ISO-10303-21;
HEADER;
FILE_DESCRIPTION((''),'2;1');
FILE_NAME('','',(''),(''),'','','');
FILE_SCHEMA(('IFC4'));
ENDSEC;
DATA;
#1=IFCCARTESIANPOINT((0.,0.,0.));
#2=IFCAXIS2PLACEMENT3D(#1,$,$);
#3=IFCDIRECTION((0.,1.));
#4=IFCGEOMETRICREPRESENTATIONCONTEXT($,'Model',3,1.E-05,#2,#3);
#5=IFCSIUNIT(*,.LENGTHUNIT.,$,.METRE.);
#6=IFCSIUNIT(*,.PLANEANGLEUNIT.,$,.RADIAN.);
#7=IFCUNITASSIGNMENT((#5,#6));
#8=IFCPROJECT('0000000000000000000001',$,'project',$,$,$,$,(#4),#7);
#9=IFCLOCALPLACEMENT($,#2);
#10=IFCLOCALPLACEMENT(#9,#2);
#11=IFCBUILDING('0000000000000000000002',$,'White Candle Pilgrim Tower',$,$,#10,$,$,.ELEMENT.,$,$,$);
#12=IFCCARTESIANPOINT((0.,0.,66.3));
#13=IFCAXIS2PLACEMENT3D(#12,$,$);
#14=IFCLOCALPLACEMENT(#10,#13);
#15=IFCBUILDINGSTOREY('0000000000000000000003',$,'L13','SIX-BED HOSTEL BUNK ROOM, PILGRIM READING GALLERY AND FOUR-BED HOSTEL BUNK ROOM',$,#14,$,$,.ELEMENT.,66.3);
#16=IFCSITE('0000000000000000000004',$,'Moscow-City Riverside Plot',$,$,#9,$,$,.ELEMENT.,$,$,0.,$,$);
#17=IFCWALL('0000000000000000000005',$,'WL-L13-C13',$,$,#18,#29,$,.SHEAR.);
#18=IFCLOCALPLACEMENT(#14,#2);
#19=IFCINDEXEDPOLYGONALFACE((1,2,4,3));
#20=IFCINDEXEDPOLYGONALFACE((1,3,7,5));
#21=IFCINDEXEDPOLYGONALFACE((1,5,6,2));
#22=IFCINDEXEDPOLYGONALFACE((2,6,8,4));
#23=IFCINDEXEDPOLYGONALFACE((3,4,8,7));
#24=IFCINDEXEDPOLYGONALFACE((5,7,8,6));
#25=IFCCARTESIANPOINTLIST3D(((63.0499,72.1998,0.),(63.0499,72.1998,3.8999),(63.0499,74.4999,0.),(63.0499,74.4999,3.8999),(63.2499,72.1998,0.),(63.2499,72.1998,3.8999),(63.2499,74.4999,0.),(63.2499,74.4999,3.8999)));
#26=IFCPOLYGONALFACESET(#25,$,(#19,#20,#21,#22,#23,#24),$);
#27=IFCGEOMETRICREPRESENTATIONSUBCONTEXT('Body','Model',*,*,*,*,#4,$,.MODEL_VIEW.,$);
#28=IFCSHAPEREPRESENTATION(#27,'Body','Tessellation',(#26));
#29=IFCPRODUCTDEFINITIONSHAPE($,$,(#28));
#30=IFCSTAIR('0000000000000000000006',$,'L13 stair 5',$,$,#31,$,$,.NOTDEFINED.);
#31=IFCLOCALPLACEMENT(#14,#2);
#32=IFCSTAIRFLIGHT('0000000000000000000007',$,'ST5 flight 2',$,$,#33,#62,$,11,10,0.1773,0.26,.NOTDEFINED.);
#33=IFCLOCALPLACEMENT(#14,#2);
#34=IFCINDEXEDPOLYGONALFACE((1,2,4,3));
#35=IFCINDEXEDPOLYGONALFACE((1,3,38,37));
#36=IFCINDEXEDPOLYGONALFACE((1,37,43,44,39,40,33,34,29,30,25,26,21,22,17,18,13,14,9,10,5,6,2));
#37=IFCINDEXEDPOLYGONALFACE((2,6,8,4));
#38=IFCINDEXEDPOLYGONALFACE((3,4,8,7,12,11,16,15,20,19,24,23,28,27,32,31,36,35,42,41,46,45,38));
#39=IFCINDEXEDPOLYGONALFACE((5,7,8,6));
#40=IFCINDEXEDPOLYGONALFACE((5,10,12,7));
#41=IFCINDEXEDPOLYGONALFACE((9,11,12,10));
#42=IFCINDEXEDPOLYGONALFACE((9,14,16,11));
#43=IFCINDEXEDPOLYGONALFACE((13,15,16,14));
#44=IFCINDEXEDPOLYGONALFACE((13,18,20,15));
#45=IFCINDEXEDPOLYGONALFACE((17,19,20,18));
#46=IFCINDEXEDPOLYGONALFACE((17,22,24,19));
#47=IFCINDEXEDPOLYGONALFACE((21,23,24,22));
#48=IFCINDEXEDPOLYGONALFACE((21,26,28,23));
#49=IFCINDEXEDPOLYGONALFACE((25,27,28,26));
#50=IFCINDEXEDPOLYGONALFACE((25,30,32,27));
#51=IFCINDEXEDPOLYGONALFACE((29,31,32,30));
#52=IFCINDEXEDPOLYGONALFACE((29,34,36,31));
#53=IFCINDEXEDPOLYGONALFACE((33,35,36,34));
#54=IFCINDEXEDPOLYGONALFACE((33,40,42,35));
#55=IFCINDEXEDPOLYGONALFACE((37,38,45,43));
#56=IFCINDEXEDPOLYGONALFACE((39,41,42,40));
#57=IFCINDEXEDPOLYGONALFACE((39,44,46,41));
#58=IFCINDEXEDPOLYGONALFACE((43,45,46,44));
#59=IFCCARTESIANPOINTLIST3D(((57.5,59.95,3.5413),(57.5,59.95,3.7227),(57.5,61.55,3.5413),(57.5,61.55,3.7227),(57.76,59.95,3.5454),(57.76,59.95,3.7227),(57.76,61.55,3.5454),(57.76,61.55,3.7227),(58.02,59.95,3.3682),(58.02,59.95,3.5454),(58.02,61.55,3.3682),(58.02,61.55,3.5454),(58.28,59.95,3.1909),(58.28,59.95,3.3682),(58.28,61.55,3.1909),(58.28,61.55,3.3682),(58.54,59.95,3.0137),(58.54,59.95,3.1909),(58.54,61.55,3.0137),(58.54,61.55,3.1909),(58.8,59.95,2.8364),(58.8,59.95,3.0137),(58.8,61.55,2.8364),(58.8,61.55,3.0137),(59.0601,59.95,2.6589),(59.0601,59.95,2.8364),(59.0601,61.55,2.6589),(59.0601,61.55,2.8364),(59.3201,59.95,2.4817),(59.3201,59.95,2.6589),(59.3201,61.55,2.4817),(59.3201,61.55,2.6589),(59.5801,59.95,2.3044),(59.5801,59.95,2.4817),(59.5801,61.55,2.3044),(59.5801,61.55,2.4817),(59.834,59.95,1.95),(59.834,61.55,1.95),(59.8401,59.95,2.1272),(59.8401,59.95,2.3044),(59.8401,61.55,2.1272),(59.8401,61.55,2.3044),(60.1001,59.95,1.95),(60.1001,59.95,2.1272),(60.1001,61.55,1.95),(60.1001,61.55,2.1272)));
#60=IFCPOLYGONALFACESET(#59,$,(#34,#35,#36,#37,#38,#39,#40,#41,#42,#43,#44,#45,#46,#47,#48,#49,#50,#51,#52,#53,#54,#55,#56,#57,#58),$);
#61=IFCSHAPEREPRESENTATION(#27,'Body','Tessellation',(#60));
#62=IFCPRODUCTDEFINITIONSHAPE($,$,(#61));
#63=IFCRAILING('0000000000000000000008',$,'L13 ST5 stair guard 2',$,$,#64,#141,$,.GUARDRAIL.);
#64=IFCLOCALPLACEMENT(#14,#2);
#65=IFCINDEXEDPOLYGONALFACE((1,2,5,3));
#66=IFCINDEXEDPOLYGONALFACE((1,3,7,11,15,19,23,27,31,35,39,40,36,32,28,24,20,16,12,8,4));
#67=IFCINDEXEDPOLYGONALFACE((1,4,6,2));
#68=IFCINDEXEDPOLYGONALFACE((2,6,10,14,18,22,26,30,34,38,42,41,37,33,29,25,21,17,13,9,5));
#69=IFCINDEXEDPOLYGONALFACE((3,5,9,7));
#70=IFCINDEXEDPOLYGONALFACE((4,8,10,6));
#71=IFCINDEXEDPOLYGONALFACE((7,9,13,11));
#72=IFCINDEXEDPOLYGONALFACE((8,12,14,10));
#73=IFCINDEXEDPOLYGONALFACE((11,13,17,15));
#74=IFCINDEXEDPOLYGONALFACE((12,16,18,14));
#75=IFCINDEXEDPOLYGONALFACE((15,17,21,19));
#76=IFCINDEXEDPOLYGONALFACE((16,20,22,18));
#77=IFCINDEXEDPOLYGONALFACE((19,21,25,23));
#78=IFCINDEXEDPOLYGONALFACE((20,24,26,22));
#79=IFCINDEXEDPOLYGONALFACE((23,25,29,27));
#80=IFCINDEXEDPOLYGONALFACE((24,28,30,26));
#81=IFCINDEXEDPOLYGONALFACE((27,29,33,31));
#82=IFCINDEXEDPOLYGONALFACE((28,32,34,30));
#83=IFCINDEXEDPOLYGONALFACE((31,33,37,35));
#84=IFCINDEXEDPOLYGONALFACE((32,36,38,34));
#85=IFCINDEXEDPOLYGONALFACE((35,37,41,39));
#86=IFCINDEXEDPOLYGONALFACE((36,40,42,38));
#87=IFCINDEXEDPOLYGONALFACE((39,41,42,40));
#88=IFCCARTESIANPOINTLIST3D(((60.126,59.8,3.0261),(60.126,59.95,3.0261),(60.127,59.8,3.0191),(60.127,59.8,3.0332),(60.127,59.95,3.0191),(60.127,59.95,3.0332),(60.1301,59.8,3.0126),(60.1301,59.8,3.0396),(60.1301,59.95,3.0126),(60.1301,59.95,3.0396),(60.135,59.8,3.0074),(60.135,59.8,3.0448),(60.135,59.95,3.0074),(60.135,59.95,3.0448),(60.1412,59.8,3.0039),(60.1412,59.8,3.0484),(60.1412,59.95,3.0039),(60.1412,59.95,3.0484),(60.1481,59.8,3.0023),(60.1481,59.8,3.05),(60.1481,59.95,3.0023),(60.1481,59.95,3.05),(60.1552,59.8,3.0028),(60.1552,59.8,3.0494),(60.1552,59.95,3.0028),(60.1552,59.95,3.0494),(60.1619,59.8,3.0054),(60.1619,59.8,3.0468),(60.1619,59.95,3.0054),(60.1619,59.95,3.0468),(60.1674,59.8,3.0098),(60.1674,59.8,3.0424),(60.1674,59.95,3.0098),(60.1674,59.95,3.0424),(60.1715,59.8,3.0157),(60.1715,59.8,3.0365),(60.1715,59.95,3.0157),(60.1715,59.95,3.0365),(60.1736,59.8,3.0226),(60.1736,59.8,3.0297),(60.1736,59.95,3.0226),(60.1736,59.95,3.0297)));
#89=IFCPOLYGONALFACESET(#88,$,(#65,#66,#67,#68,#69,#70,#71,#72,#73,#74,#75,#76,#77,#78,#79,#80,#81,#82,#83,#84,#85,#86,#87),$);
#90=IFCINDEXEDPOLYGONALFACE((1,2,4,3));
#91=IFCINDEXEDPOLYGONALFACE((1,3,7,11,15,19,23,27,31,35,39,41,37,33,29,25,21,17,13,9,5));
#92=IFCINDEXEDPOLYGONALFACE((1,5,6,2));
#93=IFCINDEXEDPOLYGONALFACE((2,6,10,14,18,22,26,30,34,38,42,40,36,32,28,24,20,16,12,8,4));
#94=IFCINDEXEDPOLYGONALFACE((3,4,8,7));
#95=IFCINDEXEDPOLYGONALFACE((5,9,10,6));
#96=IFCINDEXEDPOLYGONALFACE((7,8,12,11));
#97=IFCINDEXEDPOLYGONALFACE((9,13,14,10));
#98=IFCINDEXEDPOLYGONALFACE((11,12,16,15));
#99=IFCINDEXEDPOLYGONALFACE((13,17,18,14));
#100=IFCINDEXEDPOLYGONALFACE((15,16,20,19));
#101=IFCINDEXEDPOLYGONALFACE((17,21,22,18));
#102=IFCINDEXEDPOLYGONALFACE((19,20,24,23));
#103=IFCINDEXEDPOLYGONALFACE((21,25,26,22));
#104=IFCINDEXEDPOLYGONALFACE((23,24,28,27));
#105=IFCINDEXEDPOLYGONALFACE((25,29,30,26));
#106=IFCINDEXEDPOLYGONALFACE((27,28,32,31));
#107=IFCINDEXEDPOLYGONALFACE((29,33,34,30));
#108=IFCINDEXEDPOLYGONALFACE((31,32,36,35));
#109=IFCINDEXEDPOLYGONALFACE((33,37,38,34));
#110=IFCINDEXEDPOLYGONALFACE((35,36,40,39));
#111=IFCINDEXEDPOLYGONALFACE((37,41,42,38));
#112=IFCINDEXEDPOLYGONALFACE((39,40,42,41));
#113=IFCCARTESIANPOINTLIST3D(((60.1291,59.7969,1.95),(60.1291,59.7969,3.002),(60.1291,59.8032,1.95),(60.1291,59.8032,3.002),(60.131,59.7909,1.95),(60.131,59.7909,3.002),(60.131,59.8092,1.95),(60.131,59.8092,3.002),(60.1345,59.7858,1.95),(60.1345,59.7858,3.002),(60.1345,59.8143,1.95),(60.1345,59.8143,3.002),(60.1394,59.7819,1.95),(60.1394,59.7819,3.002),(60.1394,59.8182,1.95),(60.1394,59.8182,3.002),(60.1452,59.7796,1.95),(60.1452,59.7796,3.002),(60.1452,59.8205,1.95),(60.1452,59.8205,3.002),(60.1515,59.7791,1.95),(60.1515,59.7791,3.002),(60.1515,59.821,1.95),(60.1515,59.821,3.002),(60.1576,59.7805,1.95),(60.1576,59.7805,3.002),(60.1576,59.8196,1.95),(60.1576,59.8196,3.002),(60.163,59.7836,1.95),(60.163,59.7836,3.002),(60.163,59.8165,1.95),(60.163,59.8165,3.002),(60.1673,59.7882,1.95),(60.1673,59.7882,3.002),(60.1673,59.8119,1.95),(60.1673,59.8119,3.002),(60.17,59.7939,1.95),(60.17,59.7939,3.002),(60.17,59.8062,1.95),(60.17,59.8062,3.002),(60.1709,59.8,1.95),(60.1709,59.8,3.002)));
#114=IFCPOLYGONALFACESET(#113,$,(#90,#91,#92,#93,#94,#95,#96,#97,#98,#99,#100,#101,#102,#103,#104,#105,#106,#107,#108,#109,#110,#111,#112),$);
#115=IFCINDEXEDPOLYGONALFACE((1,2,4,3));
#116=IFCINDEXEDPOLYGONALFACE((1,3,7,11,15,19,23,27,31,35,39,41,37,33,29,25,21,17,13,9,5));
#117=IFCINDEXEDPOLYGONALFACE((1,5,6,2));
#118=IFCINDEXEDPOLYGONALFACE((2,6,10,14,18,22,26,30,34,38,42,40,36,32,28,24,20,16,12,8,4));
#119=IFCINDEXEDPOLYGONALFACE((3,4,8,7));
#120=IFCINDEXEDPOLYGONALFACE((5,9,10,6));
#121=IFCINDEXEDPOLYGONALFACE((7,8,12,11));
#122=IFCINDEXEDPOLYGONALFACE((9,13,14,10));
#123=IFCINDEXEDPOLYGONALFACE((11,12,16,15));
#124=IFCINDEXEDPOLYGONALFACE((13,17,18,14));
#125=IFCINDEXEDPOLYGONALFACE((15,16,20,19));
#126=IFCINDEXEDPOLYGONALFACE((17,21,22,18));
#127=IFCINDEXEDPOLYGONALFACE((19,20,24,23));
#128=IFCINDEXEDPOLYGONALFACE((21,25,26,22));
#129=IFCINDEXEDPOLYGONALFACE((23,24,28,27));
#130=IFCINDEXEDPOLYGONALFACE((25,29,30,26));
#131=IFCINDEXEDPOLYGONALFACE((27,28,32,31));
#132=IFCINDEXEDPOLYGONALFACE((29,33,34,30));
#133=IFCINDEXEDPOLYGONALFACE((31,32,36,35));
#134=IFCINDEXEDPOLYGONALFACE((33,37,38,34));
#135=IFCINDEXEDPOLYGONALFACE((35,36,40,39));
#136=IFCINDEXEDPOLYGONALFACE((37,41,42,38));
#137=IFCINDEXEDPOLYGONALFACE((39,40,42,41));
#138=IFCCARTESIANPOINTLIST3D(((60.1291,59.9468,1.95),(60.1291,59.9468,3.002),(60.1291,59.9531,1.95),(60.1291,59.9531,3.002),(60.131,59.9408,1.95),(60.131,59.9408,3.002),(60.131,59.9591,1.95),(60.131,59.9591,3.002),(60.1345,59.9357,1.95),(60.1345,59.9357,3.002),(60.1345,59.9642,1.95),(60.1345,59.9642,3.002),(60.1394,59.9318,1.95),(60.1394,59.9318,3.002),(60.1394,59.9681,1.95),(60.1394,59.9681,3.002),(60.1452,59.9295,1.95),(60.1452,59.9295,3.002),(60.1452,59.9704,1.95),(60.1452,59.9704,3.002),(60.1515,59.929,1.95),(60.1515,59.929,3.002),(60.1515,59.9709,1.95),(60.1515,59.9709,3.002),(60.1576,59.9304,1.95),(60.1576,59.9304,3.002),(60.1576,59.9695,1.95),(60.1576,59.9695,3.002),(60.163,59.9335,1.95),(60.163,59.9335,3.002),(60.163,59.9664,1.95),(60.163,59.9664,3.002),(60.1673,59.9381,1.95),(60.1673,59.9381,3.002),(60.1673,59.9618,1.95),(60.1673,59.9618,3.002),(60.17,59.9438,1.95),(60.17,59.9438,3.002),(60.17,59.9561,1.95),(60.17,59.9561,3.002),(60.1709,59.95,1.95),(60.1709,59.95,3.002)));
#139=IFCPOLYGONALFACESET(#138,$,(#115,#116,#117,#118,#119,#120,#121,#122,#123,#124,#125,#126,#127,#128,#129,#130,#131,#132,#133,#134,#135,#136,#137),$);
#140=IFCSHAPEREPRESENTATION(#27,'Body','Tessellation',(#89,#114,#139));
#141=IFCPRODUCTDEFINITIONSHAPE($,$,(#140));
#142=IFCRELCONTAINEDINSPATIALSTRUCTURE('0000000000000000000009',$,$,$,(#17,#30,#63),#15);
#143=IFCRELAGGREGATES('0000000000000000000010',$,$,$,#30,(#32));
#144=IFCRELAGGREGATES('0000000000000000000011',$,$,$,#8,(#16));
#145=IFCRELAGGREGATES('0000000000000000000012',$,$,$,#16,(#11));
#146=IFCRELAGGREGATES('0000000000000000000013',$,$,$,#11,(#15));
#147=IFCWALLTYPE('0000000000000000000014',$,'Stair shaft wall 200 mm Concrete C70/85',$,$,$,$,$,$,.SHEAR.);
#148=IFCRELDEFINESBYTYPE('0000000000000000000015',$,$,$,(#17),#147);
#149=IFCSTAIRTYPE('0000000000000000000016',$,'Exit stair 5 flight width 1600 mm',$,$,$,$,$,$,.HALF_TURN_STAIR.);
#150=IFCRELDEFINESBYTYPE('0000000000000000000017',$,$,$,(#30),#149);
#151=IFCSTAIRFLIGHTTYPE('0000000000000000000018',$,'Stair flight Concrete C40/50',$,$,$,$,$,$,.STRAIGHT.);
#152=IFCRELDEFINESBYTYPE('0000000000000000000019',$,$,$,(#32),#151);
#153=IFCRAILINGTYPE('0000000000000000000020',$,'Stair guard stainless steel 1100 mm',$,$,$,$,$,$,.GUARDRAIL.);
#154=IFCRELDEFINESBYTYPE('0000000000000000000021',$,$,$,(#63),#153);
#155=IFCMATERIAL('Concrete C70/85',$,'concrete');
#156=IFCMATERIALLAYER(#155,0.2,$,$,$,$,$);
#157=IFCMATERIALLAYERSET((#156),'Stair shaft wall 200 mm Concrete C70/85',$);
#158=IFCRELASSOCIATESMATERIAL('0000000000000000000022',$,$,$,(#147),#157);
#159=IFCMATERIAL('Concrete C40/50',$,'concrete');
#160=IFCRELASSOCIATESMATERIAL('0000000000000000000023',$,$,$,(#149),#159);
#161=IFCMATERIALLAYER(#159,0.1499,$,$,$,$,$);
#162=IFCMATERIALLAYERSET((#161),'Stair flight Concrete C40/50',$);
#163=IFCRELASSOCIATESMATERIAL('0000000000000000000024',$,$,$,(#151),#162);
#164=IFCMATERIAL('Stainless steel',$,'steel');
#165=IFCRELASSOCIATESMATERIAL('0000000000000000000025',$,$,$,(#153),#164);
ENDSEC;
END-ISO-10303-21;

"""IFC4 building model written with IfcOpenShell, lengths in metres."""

from ifc_helpers import new_model, si_unit, direction, frame, frame_2d, origin, origin_2d, place, context, subcontext, project, spatial, polyline, rectangle, circle, outline, extrude, material, layer, layer_set, type_object, element, aggregate, save


model = new_model("IFC4")

# Units and contexts
model_context = context("Model", 3, precision=1e-05, world=origin(), true_north=direction((0.0, 1.0)))
body_context = subcontext(model_context, "Body", "Model", "MODEL_VIEW")
ifc_project = project(units=[si_unit("LENGTHUNIT", "METRE"), si_unit("PLANEANGLEUNIT", "RADIAN")], contexts=[model_context])

# Site, building, storey
site_placement = place(None, origin())
site = spatial("IfcSite", under=ifc_project, at=site_placement, Name="Moscow-City Riverside Plot", CompositionType="ELEMENT", RefElevation=0.0)
building_placement = place(site_placement, origin())
building = spatial("IfcBuilding", under=site, at=building_placement, Name="White Candle Pilgrim Tower", CompositionType="ELEMENT")
storey_placement = place(building_placement, frame((0.0, 0.0, 66.3)))
storey = spatial("IfcBuildingStorey", under=building, at=storey_placement, Name="L13", Description="SIX-BED HOSTEL BUNK ROOM, PILGRIM READING GALLERY AND FOUR-BED HOSTEL BUNK ROOM", CompositionType="ELEMENT", Elevation=66.3)

# Shared definitions
ifc_material_1 = material(Name="Concrete C70/85", Category="concrete")

# Shared definitions
ifc_material_2 = material(Name="Stainless steel", Category="steel")

# Wall
ifc_layer_1 = layer(ifc_material_1, 0.2)
ifc_layer_set_1 = layer_set([ifc_layer_1], Name="Stair shaft wall 200 mm Concrete C70/85")
wall_type_1 = type_object("IfcWallType", Name="Stair shaft wall 200 mm Concrete C70/85", PredefinedType="SHEAR", material=ifc_layer_set_1)
wall_1_placement = place(storey_placement, frame((63.1499, 72.2, 0.0), z_axis=(0.0, 0.0, 1.0), x_axis=(0.0, 1.0, 0.0)))
element("IfcWall", 1, at=wall_1_placement, inside=storey, type_object=wall_type_1, Name="WL-L13-C13", PredefinedType="SHEAR", context=body_context, shape_type="SweptSolid", body=[
    extrude(rectangle(XDim=2.3, YDim=0.2, at=frame_2d((1.1499, 0.0))), origin(), (0.0, 0.0, 1.0), 3.8999),
])

# Stair, stair flight
ifc_material_3 = material(Name="Concrete C40/50", Category="concrete")
stair_type = type_object("IfcStairType", Name="Exit stair 5 flight width 1600 mm", PredefinedType="HALF_TURN_STAIR", material=ifc_material_3)
stair_placement = place(storey_placement, origin())
stair = element("IfcStair", 2, at=stair_placement, inside=storey, type_object=stair_type, Name="L13 stair 5", PredefinedType="NOTDEFINED")
ifc_layer_2 = layer(ifc_material_3, 0.1499)
ifc_layer_set_2 = layer_set([ifc_layer_2], Name="Stair flight Concrete C40/50")
stair_flight_type = type_object("IfcStairFlightType", Name="Stair flight Concrete C40/50", PredefinedType="STRAIGHT", material=ifc_layer_set_2)
stair_flight_placement = place(storey_placement, frame((60.1001, 60.75, 1.95), z_axis=(0.0, 0.0, 1.0), x_axis=(-1.0, 0.0, 0.0)))
stair_flight = element("IfcStairFlight", 3, at=stair_flight_placement, type_object=stair_flight_type, Name="ST5 flight 2", NumberOfRisers=11, NumberOfTreads=10, PredefinedType="NOTDEFINED", RiserHeight=0.1773, TreadLength=0.26, context=body_context, shape_type="SweptSolid", body=[
    extrude(outline(polyline([(0.0, 0.0), (0.0, 0.1772), (0.26, 0.1772), (0.26, 0.3545), (0.52, 0.3545), (0.52, 0.5317), (0.78, 0.5317), (0.78, 0.709), (1.04, 0.709), (1.04, 0.8865), (1.3, 0.8865), (1.3, 1.0637), (1.5601, 1.0637), (1.5601, 1.241), (1.8201, 1.241), (1.8201, 1.4182), (2.0801, 1.4182), (2.0801, 1.5955), (2.3401, 1.5955), (2.3401, 1.7727), (2.6001, 1.7727), (2.6001, 1.95), (2.6001, 1.5913), (0.2661, 0.0), (0.0, 0.0)])), frame((0.0, 0.8, 0.0), z_axis=(0.0, -1.0, 0.0), x_axis=(1.0, 0.0, 0.0)), (0.0, 0.0, 1.0), 1.6001),
])
aggregate(stair, [stair_flight])

# Railing
railing_type_1 = type_object("IfcRailingType", Name="Stair guard stainless steel 1100 mm", PredefinedType="GUARDRAIL", material=ifc_material_2)
railing_1_placement = place(storey_placement, frame((60.1499, 59.8, 1.95)))
element("IfcRailing", 4, at=railing_1_placement, inside=storey, type_object=railing_type_1, Name="L13 ST5 stair guard 2", PredefinedType="GUARDRAIL", context=body_context, shape_type="SweptSolid", body=[
    extrude(circle(Radius=0.0239, at=origin_2d()), frame((0.0, 0.0, 1.0762), z_axis=(0.0, 1.0, 0.0), x_axis=(-1.0, 0.0, 0.0)), (0.0, 0.0, 1.0), 0.1499),
    extrude(circle(Radius=0.021, at=origin_2d()), origin(), (0.0, 0.0, 1.0), 1.052),
    extrude(circle(Radius=0.021, at=origin_2d()), frame((0.0, 0.1499, 0.0)), (0.0, 0.0, 1.0), 1.052),
])

save(model, "model.ifc")
